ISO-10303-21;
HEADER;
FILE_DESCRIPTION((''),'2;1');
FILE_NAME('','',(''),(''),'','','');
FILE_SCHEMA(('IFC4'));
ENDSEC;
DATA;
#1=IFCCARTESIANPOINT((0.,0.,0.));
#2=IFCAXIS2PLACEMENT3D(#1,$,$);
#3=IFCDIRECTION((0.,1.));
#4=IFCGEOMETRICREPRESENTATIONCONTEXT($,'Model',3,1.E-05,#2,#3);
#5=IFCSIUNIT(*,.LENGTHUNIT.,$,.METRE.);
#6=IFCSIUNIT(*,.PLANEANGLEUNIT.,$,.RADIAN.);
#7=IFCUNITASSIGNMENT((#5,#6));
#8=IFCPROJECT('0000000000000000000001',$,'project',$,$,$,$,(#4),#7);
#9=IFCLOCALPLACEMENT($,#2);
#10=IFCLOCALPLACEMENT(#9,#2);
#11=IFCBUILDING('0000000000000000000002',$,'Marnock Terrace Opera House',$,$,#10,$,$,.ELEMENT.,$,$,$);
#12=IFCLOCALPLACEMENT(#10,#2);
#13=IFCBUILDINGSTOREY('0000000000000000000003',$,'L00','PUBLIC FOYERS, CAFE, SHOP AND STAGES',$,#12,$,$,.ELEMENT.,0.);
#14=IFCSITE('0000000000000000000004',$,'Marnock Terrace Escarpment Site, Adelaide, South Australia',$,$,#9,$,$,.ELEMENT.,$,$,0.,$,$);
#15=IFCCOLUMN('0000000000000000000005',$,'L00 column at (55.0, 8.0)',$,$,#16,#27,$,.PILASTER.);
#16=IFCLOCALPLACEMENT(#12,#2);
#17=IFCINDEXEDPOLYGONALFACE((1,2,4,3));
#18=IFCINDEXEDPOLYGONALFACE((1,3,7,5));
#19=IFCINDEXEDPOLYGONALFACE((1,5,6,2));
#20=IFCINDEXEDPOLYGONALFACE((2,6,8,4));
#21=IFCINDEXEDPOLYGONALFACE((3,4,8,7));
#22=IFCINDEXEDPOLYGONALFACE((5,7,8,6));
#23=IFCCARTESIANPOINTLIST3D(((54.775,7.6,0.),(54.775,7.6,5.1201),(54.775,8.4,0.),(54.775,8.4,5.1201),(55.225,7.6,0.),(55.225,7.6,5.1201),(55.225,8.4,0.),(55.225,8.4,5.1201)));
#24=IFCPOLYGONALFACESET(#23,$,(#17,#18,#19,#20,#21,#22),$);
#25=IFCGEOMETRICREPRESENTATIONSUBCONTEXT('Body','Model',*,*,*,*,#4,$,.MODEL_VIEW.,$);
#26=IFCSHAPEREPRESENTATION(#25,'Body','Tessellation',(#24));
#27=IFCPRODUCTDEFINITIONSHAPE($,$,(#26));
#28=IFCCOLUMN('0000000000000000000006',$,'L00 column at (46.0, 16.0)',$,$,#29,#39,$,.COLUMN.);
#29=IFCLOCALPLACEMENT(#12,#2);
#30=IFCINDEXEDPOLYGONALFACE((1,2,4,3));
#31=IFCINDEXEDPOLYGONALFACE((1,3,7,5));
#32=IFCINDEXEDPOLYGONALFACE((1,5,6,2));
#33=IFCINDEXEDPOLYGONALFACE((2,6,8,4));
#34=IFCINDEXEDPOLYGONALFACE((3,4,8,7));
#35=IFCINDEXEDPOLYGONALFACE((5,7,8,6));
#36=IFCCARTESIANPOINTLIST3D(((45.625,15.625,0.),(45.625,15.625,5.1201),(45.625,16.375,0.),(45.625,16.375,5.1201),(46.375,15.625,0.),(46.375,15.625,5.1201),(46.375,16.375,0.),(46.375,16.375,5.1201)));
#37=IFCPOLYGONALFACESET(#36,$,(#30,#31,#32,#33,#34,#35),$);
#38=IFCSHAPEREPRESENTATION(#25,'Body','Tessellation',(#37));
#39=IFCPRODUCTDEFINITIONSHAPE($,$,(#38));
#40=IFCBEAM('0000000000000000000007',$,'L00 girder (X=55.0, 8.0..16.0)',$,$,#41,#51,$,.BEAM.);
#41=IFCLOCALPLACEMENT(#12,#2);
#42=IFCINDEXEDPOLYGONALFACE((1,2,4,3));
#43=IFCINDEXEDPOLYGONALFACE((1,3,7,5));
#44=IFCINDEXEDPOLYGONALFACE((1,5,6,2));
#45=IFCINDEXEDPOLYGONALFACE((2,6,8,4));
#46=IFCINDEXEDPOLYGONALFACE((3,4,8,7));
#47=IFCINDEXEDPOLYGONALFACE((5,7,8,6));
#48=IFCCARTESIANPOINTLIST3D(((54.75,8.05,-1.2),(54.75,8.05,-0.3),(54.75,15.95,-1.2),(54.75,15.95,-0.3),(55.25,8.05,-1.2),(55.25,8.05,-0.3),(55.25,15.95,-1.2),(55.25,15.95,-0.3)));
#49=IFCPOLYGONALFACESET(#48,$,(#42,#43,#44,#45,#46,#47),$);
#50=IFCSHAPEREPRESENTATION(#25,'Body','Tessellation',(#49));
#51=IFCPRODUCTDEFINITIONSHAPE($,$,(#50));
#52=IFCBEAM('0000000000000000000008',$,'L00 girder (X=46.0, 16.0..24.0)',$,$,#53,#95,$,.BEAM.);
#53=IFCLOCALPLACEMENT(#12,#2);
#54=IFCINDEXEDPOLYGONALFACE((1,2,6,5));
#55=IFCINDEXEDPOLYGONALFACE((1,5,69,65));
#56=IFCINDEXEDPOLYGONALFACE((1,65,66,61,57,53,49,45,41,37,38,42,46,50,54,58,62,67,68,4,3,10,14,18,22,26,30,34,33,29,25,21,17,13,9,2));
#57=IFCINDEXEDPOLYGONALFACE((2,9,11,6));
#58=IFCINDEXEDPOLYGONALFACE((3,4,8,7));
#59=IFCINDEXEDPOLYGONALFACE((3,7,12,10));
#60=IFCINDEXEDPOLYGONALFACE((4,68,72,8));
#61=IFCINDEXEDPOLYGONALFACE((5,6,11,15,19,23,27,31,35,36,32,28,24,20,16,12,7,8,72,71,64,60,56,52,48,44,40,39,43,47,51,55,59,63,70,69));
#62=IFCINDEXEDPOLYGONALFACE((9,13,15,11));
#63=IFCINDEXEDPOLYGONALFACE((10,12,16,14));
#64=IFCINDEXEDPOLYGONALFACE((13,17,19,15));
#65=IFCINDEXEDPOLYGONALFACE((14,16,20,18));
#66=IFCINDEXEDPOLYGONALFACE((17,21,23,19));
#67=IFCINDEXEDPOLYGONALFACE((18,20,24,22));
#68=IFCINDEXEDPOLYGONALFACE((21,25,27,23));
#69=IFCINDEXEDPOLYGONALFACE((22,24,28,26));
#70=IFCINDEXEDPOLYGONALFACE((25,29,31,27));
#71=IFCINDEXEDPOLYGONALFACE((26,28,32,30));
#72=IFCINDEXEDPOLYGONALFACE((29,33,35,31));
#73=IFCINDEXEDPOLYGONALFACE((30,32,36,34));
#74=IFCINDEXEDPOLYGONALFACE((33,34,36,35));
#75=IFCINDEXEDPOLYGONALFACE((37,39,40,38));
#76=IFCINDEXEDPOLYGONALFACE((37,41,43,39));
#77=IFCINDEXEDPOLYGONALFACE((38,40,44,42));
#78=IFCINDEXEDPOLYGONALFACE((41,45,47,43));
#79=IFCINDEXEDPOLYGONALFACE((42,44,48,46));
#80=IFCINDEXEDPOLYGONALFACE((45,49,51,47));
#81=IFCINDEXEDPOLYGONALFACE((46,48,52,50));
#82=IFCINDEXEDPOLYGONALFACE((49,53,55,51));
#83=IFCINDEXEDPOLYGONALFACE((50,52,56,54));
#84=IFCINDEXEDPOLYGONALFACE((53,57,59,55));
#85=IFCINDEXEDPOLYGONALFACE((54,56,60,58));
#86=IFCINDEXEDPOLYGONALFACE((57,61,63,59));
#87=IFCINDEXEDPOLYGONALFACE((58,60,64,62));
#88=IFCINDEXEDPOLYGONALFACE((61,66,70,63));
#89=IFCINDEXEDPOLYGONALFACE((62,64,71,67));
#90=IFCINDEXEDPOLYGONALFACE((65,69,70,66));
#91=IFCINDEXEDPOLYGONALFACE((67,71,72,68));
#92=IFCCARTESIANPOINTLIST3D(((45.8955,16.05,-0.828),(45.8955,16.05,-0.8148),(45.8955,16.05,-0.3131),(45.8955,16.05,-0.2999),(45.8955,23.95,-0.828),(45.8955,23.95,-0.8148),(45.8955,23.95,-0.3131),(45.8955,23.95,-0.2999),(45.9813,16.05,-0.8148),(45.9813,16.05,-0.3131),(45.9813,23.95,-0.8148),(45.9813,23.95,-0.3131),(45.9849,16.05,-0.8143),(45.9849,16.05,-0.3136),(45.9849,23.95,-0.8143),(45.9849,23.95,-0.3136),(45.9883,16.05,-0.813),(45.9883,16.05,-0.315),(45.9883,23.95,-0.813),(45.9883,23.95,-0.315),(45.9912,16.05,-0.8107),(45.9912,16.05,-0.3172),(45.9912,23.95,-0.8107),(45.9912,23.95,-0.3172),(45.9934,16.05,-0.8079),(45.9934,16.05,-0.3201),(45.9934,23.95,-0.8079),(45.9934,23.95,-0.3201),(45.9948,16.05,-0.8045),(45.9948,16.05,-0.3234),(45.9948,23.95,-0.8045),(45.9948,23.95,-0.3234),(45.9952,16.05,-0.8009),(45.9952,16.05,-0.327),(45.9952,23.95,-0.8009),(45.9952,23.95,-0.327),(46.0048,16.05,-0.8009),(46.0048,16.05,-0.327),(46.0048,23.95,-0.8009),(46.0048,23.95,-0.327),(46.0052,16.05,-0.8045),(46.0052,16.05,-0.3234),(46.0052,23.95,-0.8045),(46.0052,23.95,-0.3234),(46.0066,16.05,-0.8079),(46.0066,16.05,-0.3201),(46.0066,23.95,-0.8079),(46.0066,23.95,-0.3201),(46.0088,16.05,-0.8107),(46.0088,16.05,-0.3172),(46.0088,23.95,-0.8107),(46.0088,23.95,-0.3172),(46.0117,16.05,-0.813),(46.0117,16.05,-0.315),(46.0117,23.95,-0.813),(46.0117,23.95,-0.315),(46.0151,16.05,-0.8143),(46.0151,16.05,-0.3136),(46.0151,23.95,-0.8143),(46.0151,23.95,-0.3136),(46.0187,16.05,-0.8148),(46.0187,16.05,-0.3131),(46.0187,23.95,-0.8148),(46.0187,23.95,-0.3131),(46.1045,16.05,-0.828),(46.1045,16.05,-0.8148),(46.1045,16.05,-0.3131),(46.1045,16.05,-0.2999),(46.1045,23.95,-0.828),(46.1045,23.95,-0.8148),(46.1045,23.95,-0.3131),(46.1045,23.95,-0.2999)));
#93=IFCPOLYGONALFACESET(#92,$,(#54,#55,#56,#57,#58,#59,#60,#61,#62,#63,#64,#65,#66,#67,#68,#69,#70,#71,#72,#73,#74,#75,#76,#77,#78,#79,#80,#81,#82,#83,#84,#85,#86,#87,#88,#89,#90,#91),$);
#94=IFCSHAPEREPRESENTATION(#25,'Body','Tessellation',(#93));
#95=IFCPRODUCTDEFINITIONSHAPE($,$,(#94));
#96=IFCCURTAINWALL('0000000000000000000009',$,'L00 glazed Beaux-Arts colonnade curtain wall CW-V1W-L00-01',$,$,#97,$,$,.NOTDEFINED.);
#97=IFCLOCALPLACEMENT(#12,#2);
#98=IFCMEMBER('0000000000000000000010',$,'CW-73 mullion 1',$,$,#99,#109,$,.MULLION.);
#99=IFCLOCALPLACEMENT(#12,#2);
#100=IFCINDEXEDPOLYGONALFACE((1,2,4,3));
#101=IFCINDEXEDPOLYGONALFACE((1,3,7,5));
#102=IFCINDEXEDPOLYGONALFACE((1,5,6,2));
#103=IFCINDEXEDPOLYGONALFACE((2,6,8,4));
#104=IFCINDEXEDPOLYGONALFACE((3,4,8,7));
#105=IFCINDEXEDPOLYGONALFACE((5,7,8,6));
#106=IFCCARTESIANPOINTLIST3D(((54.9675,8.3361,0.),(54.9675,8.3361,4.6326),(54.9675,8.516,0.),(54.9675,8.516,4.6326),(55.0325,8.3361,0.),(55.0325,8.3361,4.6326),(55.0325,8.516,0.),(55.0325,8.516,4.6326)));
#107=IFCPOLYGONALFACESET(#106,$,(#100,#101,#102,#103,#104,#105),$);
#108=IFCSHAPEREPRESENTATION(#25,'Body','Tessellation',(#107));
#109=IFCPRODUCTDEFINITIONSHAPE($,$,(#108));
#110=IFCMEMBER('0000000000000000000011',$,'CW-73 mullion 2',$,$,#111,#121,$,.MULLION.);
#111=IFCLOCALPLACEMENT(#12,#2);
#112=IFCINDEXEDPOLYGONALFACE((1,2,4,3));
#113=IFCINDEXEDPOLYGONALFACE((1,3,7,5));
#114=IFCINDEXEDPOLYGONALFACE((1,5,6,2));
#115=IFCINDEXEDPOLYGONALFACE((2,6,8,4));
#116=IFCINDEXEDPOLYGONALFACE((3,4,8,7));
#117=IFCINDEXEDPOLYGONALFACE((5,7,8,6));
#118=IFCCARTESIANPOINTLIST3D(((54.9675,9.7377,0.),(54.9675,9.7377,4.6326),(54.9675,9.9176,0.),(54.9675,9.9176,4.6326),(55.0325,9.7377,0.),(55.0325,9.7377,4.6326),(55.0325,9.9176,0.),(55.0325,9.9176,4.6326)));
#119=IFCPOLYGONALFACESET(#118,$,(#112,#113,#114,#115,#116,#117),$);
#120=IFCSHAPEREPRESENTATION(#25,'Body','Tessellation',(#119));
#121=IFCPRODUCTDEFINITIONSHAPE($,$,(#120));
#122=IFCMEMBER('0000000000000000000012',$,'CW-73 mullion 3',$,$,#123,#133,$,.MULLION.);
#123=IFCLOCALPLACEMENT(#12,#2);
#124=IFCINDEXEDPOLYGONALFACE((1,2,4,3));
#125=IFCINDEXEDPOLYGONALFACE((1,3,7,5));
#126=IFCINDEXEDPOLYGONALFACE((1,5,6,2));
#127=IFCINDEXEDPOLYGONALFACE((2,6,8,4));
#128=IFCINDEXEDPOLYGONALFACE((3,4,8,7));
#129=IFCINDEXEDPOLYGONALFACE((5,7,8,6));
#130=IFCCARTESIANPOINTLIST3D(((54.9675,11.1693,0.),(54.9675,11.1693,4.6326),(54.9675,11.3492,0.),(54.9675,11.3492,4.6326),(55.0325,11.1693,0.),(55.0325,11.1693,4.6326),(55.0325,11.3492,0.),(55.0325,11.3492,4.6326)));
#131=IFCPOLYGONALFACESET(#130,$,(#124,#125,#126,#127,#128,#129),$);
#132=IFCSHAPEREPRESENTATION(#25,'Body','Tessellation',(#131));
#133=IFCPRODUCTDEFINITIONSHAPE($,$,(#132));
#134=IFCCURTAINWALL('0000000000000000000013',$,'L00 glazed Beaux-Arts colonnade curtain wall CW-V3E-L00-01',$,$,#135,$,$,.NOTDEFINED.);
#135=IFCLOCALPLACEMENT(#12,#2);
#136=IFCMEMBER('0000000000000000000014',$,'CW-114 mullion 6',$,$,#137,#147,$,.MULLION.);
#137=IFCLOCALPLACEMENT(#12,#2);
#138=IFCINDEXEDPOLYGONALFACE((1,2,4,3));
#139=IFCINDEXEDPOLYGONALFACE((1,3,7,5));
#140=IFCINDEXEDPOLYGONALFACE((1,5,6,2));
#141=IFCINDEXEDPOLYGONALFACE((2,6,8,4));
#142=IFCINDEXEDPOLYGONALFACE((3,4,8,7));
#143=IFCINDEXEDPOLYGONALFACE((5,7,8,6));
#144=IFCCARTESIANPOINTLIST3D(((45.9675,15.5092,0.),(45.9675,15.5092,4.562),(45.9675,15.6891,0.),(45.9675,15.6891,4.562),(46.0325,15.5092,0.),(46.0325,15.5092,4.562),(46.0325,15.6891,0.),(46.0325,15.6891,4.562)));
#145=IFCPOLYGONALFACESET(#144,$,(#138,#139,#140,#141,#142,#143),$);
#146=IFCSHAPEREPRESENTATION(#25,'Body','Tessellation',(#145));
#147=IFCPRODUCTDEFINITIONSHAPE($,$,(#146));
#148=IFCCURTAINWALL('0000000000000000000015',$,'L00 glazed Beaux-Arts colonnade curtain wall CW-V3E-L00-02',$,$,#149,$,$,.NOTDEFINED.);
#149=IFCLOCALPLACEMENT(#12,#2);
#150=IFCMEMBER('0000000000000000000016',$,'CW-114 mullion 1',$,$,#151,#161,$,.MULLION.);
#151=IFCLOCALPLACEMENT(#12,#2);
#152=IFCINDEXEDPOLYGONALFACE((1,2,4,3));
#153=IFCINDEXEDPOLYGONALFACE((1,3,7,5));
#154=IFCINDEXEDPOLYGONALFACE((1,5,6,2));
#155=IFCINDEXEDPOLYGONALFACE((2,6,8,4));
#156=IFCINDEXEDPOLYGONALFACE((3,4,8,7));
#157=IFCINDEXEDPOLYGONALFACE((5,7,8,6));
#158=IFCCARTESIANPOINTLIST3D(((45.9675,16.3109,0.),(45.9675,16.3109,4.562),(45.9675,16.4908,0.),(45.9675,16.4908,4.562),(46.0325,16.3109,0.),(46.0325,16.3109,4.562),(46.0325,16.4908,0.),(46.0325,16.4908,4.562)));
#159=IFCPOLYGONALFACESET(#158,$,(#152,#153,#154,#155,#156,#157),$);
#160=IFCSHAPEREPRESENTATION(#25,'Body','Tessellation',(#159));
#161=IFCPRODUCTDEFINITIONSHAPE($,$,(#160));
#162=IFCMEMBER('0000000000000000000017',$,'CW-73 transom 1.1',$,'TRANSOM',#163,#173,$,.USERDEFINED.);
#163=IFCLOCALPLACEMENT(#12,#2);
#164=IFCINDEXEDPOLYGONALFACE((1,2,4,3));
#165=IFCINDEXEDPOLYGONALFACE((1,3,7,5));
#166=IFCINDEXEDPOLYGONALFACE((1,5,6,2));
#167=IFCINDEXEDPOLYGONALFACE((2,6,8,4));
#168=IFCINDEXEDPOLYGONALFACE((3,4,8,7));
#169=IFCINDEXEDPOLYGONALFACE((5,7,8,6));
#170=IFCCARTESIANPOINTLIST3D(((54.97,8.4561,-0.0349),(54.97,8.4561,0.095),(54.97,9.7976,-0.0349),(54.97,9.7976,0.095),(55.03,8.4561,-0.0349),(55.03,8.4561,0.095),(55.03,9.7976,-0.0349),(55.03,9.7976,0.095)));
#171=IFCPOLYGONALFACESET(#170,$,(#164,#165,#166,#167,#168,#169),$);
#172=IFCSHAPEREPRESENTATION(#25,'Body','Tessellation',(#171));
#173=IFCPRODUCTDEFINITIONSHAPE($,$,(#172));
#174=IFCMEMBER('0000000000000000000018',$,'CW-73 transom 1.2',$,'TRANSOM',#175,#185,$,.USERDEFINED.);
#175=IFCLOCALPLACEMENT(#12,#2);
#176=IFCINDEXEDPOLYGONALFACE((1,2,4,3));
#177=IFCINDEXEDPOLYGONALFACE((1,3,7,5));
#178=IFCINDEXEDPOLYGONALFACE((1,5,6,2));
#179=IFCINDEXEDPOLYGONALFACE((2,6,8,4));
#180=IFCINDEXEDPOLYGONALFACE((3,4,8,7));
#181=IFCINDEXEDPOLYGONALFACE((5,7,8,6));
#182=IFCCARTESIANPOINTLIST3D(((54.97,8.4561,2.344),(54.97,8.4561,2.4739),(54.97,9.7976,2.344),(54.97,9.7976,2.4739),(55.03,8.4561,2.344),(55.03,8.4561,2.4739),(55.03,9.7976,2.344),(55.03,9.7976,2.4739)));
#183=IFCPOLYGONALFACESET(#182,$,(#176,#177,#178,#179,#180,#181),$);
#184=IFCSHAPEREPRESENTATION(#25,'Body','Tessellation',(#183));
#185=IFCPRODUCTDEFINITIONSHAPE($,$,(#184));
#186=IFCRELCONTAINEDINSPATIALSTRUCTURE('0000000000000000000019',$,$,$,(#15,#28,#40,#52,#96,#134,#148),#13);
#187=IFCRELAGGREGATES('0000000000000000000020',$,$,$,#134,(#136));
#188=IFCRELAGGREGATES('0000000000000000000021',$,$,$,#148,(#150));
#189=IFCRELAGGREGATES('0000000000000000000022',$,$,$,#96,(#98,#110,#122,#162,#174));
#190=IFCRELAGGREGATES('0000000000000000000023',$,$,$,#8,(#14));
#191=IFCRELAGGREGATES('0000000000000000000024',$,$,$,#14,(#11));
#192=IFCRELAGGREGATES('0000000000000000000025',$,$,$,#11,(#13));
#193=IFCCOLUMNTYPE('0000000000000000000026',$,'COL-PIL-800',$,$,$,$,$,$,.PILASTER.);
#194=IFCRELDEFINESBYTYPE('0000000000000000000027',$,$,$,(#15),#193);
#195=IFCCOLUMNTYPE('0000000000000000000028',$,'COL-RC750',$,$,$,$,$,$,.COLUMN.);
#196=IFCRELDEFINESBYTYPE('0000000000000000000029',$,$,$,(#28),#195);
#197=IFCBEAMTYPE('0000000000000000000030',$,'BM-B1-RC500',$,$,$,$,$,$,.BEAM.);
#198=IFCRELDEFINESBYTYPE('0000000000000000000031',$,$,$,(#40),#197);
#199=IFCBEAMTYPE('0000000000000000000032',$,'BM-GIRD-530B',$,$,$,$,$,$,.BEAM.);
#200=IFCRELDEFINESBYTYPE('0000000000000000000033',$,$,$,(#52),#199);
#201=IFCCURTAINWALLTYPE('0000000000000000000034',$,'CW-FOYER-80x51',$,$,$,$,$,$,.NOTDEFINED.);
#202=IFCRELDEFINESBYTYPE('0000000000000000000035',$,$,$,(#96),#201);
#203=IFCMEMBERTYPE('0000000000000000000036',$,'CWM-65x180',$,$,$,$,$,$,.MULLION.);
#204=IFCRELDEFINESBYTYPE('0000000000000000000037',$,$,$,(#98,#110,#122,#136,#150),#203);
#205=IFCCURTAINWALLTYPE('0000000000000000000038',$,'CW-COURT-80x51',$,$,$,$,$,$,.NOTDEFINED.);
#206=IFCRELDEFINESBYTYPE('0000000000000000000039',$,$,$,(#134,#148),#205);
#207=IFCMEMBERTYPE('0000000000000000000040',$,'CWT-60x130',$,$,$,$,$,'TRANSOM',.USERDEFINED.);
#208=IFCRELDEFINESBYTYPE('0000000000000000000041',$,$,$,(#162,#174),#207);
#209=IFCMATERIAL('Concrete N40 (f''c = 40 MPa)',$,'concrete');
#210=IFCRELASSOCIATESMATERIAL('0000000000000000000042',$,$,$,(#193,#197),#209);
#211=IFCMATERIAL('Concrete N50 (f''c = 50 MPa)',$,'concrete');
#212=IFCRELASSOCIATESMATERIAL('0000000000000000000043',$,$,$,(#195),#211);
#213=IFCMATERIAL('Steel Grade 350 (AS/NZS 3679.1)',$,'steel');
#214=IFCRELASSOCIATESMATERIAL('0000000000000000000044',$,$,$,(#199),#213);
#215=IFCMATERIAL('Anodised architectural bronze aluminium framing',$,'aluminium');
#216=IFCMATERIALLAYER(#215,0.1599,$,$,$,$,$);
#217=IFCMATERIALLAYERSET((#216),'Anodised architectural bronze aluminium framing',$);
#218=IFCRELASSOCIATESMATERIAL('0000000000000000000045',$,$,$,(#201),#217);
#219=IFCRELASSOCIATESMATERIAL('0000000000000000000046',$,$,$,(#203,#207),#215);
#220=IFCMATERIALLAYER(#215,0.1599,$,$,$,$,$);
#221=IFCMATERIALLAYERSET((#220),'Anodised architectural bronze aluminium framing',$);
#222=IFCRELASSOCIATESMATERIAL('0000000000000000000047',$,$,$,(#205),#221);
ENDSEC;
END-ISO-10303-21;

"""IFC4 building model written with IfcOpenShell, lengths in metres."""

from ifc_helpers import new_model, si_unit, direction, frame, origin, origin_2d, place, context, subcontext, project, spatial, rectangle, i_section, extrude, material, layer, layer_set, material_profile, profile_set, type_object, element, aggregate, save


model = new_model("IFC4")

# Units and contexts
model_context = context("Model", 3, precision=1e-05, world=origin(), true_north=direction((0.0, 1.0)))
body_context = subcontext(model_context, "Body", "Model", "MODEL_VIEW")
ifc_project = project(units=[si_unit("LENGTHUNIT", "METRE"), si_unit("PLANEANGLEUNIT", "RADIAN")], contexts=[model_context])

# Site, building, storey
site_placement = place(None, origin())
site = spatial("IfcSite", under=ifc_project, at=site_placement, Name="Marnock Terrace Escarpment Site, Adelaide, South Australia", CompositionType="ELEMENT", RefElevation=0.0)
building_placement = place(site_placement, origin())
building = spatial("IfcBuilding", under=site, at=building_placement, Name="Marnock Terrace Opera House", CompositionType="ELEMENT")
storey_placement = place(building_placement, origin())
storey = spatial("IfcBuildingStorey", under=building, at=storey_placement, Name="L00", Description="PUBLIC FOYERS, CAFE, SHOP AND STAGES", CompositionType="ELEMENT", Elevation=0.0)

# Columns
ifc_material_1 = material(Name="Concrete N40 (f'c = 40 MPa)", Category="concrete")
ifc_material_profile_1 = material_profile(ifc_material_1, rectangle(XDim=0.45, YDim=0.8, at=origin_2d()))
ifc_profile_set_1 = profile_set([ifc_material_profile_1], Name="Concrete N40 (f'c = 40 MPa)")
column_type_1 = type_object("IfcColumnType", Name="COL-PIL-800", PredefinedType="PILASTER", material=ifc_profile_set_1)
column_1_placement = place(storey_placement, frame((55.0, 8.0, 0.0), z_axis=(0.0, 0.0, 1.0), x_axis=(1.0, 0.0, 0.0)))
element("IfcColumn", 1, at=column_1_placement, inside=storey, type_object=column_type_1, Name="L00 column at (55.0, 8.0)", PredefinedType="PILASTER", context=body_context, shape_type="SweptSolid", body=[
    extrude(rectangle(XDim=0.45, YDim=0.8, at=origin_2d()), origin(), (0.0, 0.0, 1.0), 5.1201),
])
ifc_material_2 = material(Name="Concrete N50 (f'c = 50 MPa)", Category="concrete")
ifc_material_profile_2 = material_profile(ifc_material_2, rectangle(XDim=0.75, YDim=0.75, at=origin_2d()))
ifc_profile_set_2 = profile_set([ifc_material_profile_2], Name="Concrete N50 (f'c = 50 MPa)")
column_type_2 = type_object("IfcColumnType", Name="COL-RC750", PredefinedType="COLUMN", material=ifc_profile_set_2)
column_2_placement = place(storey_placement, frame((46.0, 16.0, 0.0), z_axis=(0.0, 0.0, 1.0), x_axis=(1.0, 0.0, 0.0)))
element("IfcColumn", 2, at=column_2_placement, inside=storey, type_object=column_type_2, Name="L00 column at (46.0, 16.0)", PredefinedType="COLUMN", context=body_context, shape_type="SweptSolid", body=[
    extrude(rectangle(XDim=0.75, YDim=0.75, at=origin_2d()), origin(), (0.0, 0.0, 1.0), 5.1201),
])

# Beams
ifc_material_profile_3 = material_profile(ifc_material_1, rectangle(XDim=0.5, YDim=0.8999, at=origin_2d()))
ifc_profile_set_3 = profile_set([ifc_material_profile_3], Name="Concrete N40 (f'c = 40 MPa)")
beam_type_1 = type_object("IfcBeamType", Name="BM-B1-RC500", PredefinedType="BEAM", material=ifc_profile_set_3)
beam_1_placement = place(storey_placement, frame((55.0, 8.05, -0.75), z_axis=(0.0, 1.0, 0.0), x_axis=(-1.0, 0.0, 0.0)))
element("IfcBeam", 3, at=beam_1_placement, inside=storey, type_object=beam_type_1, Name="L00 girder (X=55.0, 8.0..16.0)", PredefinedType="BEAM", context=body_context, shape_type="SweptSolid", body=[
    extrude(rectangle(XDim=0.5, YDim=0.8999, at=origin_2d()), origin(), (0.0, 0.0, 1.0), 7.8999),
])
ifc_material_3 = material(Name="Steel Grade 350 (AS/NZS 3679.1)", Category="steel")
ifc_material_profile_4 = material_profile(ifc_material_3, i_section(OverallWidth=0.209, OverallDepth=0.5281, WebThickness=0.0095, FlangeThickness=0.0132, FilletRadius=0.0139, at=origin_2d()))
ifc_profile_set_4 = profile_set([ifc_material_profile_4], Name="Steel Grade 350 (AS/NZS 3679.1)")
beam_type_2 = type_object("IfcBeamType", Name="BM-GIRD-530B", PredefinedType="BEAM", material=ifc_profile_set_4)
beam_2_placement = place(storey_placement, frame((46.0, 16.05, -0.564), z_axis=(0.0, 1.0, 0.0), x_axis=(-1.0, 0.0, 0.0)))
element("IfcBeam", 4, at=beam_2_placement, inside=storey, type_object=beam_type_2, Name="L00 girder (X=46.0, 16.0..24.0)", PredefinedType="BEAM", context=body_context, shape_type="SweptSolid", body=[
    extrude(i_section(OverallWidth=0.209, OverallDepth=0.5281, WebThickness=0.0095, FlangeThickness=0.0132, FilletRadius=0.0139, at=origin_2d()), origin(), (0.0, 0.0, 1.0), 7.8999),
])

# Curtain wall, members
ifc_material_4 = material(Name="Anodised architectural bronze aluminium framing", Category="aluminium")
ifc_layer_1 = layer(ifc_material_4, 0.1599)
ifc_layer_set_1 = layer_set([ifc_layer_1], Name="Anodised architectural bronze aluminium framing")
curtain_wall_type_1 = type_object("IfcCurtainWallType", Name="CW-FOYER-80x51", PredefinedType="NOTDEFINED", material=ifc_layer_set_1)
curtain_wall_1_placement = place(storey_placement, origin())
curtain_wall_1 = element("IfcCurtainWall", 5, at=curtain_wall_1_placement, inside=storey, type_object=curtain_wall_type_1, Name="L00 glazed Beaux-Arts colonnade curtain wall CW-V1W-L00-01", PredefinedType="NOTDEFINED")
ifc_material_profile_5 = material_profile(ifc_material_4, rectangle(XDim=0.0649, YDim=0.1799, at=origin_2d()))
ifc_profile_set_5 = profile_set([ifc_material_profile_5], Name="Anodised architectural bronze aluminium framing")
member_type_1 = type_object("IfcMemberType", Name="CWM-65x180", PredefinedType="MULLION", material=ifc_profile_set_5)
member_1_placement = place(storey_placement, frame((55.0, 8.426, 0.0), z_axis=(0.0, 0.0, 1.0), x_axis=(-1.0, 0.0, 0.0)))
member_1 = element("IfcMember", 6, at=member_1_placement, type_object=member_type_1, Name="CW-73 mullion 1", PredefinedType="MULLION", context=body_context, shape_type="SweptSolid", body=[
    extrude(rectangle(XDim=0.0649, YDim=0.1799, at=origin_2d()), origin(), (0.0, 0.0, 1.0), 4.6326),
])
member_2_placement = place(storey_placement, frame((55.0, 9.8276, 0.0), z_axis=(0.0, 0.0, 1.0), x_axis=(-1.0, 0.0, 0.0)))
member_2 = element("IfcMember", 7, at=member_2_placement, type_object=member_type_1, Name="CW-73 mullion 2", PredefinedType="MULLION", context=body_context, shape_type="SweptSolid", body=[
    extrude(rectangle(XDim=0.0649, YDim=0.1799, at=origin_2d()), origin(), (0.0, 0.0, 1.0), 4.6326),
])
member_3_placement = place(storey_placement, frame((55.0, 11.2593, 0.0), z_axis=(0.0, 0.0, 1.0), x_axis=(-1.0, 0.0, 0.0)))
member_3 = element("IfcMember", 8, at=member_3_placement, type_object=member_type_1, Name="CW-73 mullion 3", PredefinedType="MULLION", context=body_context, shape_type="SweptSolid", body=[
    extrude(rectangle(XDim=0.0649, YDim=0.1799, at=origin_2d()), origin(), (0.0, 0.0, 1.0), 4.6326),
])

# Curtain walls, members
ifc_layer_2 = layer(ifc_material_4, 0.1599)
ifc_layer_set_2 = layer_set([ifc_layer_2], Name="Anodised architectural bronze aluminium framing")
curtain_wall_type_2 = type_object("IfcCurtainWallType", Name="CW-COURT-80x51", PredefinedType="NOTDEFINED", material=ifc_layer_set_2)
curtain_wall_2_placement = place(storey_placement, origin())
curtain_wall_2 = element("IfcCurtainWall", 9, at=curtain_wall_2_placement, inside=storey, type_object=curtain_wall_type_2, Name="L00 glazed Beaux-Arts colonnade curtain wall CW-V3E-L00-01", PredefinedType="NOTDEFINED")
member_4_placement = place(storey_placement, frame((46.0, 15.5991, 0.0), z_axis=(0.0, 0.0, 1.0), x_axis=(-1.0, 0.0, 0.0)))
member_4 = element("IfcMember", 10, at=member_4_placement, type_object=member_type_1, Name="CW-114 mullion 6", PredefinedType="MULLION", context=body_context, shape_type="SweptSolid", body=[
    extrude(rectangle(XDim=0.0649, YDim=0.1799, at=origin_2d()), origin(), (0.0, 0.0, 1.0), 4.562),
])
aggregate(curtain_wall_2, [member_4])
curtain_wall_3_placement = place(storey_placement, origin())
curtain_wall_3 = element("IfcCurtainWall", 11, at=curtain_wall_3_placement, inside=storey, type_object=curtain_wall_type_2, Name="L00 glazed Beaux-Arts colonnade curtain wall CW-V3E-L00-02", PredefinedType="NOTDEFINED")
member_5_placement = place(storey_placement, frame((46.0, 16.4009, 0.0), z_axis=(0.0, 0.0, 1.0), x_axis=(-1.0, 0.0, 0.0)))
member_5 = element("IfcMember", 12, at=member_5_placement, type_object=member_type_1, Name="CW-114 mullion 1", PredefinedType="MULLION", context=body_context, shape_type="SweptSolid", body=[
    extrude(rectangle(XDim=0.0649, YDim=0.1799, at=origin_2d()), origin(), (0.0, 0.0, 1.0), 4.562),
])

# Members
ifc_material_profile_6 = material_profile(ifc_material_4, rectangle(XDim=0.0601, YDim=0.1299, at=origin_2d()))
ifc_profile_set_6 = profile_set([ifc_material_profile_6], Name="Anodised architectural bronze aluminium framing")
member_type_2 = type_object("IfcMemberType", Name="CWT-60x130", ElementType="TRANSOM", PredefinedType="USERDEFINED", material=ifc_profile_set_6)
member_6_placement = place(storey_placement, frame((55.0, 8.4561, 0.03), z_axis=(0.0, 1.0, 0.0), x_axis=(-1.0, 0.0, 0.0)))
member_6 = element("IfcMember", 13, at=member_6_placement, type_object=member_type_2, Name="CW-73 transom 1.1", ObjectType="TRANSOM", PredefinedType="USERDEFINED", context=body_context, shape_type="SweptSolid", body=[
    extrude(rectangle(XDim=0.0601, YDim=0.1299, at=origin_2d()), origin(), (0.0, 0.0, 1.0), 1.3416),
])
member_7_placement = place(storey_placement, frame((55.0, 8.4561, 2.4089), z_axis=(0.0, 1.0, 0.0), x_axis=(-1.0, 0.0, 0.0)))
member_7 = element("IfcMember", 14, at=member_7_placement, type_object=member_type_2, Name="CW-73 transom 1.2", ObjectType="TRANSOM", PredefinedType="USERDEFINED", context=body_context, shape_type="SweptSolid", body=[
    extrude(rectangle(XDim=0.0601, YDim=0.1299, at=origin_2d()), origin(), (0.0, 0.0, 1.0), 1.3416),
])
aggregate(curtain_wall_3, [member_5])

aggregate(curtain_wall_1, [member_1, member_2, member_3, member_6, member_7])

save(model, "model.ifc")
